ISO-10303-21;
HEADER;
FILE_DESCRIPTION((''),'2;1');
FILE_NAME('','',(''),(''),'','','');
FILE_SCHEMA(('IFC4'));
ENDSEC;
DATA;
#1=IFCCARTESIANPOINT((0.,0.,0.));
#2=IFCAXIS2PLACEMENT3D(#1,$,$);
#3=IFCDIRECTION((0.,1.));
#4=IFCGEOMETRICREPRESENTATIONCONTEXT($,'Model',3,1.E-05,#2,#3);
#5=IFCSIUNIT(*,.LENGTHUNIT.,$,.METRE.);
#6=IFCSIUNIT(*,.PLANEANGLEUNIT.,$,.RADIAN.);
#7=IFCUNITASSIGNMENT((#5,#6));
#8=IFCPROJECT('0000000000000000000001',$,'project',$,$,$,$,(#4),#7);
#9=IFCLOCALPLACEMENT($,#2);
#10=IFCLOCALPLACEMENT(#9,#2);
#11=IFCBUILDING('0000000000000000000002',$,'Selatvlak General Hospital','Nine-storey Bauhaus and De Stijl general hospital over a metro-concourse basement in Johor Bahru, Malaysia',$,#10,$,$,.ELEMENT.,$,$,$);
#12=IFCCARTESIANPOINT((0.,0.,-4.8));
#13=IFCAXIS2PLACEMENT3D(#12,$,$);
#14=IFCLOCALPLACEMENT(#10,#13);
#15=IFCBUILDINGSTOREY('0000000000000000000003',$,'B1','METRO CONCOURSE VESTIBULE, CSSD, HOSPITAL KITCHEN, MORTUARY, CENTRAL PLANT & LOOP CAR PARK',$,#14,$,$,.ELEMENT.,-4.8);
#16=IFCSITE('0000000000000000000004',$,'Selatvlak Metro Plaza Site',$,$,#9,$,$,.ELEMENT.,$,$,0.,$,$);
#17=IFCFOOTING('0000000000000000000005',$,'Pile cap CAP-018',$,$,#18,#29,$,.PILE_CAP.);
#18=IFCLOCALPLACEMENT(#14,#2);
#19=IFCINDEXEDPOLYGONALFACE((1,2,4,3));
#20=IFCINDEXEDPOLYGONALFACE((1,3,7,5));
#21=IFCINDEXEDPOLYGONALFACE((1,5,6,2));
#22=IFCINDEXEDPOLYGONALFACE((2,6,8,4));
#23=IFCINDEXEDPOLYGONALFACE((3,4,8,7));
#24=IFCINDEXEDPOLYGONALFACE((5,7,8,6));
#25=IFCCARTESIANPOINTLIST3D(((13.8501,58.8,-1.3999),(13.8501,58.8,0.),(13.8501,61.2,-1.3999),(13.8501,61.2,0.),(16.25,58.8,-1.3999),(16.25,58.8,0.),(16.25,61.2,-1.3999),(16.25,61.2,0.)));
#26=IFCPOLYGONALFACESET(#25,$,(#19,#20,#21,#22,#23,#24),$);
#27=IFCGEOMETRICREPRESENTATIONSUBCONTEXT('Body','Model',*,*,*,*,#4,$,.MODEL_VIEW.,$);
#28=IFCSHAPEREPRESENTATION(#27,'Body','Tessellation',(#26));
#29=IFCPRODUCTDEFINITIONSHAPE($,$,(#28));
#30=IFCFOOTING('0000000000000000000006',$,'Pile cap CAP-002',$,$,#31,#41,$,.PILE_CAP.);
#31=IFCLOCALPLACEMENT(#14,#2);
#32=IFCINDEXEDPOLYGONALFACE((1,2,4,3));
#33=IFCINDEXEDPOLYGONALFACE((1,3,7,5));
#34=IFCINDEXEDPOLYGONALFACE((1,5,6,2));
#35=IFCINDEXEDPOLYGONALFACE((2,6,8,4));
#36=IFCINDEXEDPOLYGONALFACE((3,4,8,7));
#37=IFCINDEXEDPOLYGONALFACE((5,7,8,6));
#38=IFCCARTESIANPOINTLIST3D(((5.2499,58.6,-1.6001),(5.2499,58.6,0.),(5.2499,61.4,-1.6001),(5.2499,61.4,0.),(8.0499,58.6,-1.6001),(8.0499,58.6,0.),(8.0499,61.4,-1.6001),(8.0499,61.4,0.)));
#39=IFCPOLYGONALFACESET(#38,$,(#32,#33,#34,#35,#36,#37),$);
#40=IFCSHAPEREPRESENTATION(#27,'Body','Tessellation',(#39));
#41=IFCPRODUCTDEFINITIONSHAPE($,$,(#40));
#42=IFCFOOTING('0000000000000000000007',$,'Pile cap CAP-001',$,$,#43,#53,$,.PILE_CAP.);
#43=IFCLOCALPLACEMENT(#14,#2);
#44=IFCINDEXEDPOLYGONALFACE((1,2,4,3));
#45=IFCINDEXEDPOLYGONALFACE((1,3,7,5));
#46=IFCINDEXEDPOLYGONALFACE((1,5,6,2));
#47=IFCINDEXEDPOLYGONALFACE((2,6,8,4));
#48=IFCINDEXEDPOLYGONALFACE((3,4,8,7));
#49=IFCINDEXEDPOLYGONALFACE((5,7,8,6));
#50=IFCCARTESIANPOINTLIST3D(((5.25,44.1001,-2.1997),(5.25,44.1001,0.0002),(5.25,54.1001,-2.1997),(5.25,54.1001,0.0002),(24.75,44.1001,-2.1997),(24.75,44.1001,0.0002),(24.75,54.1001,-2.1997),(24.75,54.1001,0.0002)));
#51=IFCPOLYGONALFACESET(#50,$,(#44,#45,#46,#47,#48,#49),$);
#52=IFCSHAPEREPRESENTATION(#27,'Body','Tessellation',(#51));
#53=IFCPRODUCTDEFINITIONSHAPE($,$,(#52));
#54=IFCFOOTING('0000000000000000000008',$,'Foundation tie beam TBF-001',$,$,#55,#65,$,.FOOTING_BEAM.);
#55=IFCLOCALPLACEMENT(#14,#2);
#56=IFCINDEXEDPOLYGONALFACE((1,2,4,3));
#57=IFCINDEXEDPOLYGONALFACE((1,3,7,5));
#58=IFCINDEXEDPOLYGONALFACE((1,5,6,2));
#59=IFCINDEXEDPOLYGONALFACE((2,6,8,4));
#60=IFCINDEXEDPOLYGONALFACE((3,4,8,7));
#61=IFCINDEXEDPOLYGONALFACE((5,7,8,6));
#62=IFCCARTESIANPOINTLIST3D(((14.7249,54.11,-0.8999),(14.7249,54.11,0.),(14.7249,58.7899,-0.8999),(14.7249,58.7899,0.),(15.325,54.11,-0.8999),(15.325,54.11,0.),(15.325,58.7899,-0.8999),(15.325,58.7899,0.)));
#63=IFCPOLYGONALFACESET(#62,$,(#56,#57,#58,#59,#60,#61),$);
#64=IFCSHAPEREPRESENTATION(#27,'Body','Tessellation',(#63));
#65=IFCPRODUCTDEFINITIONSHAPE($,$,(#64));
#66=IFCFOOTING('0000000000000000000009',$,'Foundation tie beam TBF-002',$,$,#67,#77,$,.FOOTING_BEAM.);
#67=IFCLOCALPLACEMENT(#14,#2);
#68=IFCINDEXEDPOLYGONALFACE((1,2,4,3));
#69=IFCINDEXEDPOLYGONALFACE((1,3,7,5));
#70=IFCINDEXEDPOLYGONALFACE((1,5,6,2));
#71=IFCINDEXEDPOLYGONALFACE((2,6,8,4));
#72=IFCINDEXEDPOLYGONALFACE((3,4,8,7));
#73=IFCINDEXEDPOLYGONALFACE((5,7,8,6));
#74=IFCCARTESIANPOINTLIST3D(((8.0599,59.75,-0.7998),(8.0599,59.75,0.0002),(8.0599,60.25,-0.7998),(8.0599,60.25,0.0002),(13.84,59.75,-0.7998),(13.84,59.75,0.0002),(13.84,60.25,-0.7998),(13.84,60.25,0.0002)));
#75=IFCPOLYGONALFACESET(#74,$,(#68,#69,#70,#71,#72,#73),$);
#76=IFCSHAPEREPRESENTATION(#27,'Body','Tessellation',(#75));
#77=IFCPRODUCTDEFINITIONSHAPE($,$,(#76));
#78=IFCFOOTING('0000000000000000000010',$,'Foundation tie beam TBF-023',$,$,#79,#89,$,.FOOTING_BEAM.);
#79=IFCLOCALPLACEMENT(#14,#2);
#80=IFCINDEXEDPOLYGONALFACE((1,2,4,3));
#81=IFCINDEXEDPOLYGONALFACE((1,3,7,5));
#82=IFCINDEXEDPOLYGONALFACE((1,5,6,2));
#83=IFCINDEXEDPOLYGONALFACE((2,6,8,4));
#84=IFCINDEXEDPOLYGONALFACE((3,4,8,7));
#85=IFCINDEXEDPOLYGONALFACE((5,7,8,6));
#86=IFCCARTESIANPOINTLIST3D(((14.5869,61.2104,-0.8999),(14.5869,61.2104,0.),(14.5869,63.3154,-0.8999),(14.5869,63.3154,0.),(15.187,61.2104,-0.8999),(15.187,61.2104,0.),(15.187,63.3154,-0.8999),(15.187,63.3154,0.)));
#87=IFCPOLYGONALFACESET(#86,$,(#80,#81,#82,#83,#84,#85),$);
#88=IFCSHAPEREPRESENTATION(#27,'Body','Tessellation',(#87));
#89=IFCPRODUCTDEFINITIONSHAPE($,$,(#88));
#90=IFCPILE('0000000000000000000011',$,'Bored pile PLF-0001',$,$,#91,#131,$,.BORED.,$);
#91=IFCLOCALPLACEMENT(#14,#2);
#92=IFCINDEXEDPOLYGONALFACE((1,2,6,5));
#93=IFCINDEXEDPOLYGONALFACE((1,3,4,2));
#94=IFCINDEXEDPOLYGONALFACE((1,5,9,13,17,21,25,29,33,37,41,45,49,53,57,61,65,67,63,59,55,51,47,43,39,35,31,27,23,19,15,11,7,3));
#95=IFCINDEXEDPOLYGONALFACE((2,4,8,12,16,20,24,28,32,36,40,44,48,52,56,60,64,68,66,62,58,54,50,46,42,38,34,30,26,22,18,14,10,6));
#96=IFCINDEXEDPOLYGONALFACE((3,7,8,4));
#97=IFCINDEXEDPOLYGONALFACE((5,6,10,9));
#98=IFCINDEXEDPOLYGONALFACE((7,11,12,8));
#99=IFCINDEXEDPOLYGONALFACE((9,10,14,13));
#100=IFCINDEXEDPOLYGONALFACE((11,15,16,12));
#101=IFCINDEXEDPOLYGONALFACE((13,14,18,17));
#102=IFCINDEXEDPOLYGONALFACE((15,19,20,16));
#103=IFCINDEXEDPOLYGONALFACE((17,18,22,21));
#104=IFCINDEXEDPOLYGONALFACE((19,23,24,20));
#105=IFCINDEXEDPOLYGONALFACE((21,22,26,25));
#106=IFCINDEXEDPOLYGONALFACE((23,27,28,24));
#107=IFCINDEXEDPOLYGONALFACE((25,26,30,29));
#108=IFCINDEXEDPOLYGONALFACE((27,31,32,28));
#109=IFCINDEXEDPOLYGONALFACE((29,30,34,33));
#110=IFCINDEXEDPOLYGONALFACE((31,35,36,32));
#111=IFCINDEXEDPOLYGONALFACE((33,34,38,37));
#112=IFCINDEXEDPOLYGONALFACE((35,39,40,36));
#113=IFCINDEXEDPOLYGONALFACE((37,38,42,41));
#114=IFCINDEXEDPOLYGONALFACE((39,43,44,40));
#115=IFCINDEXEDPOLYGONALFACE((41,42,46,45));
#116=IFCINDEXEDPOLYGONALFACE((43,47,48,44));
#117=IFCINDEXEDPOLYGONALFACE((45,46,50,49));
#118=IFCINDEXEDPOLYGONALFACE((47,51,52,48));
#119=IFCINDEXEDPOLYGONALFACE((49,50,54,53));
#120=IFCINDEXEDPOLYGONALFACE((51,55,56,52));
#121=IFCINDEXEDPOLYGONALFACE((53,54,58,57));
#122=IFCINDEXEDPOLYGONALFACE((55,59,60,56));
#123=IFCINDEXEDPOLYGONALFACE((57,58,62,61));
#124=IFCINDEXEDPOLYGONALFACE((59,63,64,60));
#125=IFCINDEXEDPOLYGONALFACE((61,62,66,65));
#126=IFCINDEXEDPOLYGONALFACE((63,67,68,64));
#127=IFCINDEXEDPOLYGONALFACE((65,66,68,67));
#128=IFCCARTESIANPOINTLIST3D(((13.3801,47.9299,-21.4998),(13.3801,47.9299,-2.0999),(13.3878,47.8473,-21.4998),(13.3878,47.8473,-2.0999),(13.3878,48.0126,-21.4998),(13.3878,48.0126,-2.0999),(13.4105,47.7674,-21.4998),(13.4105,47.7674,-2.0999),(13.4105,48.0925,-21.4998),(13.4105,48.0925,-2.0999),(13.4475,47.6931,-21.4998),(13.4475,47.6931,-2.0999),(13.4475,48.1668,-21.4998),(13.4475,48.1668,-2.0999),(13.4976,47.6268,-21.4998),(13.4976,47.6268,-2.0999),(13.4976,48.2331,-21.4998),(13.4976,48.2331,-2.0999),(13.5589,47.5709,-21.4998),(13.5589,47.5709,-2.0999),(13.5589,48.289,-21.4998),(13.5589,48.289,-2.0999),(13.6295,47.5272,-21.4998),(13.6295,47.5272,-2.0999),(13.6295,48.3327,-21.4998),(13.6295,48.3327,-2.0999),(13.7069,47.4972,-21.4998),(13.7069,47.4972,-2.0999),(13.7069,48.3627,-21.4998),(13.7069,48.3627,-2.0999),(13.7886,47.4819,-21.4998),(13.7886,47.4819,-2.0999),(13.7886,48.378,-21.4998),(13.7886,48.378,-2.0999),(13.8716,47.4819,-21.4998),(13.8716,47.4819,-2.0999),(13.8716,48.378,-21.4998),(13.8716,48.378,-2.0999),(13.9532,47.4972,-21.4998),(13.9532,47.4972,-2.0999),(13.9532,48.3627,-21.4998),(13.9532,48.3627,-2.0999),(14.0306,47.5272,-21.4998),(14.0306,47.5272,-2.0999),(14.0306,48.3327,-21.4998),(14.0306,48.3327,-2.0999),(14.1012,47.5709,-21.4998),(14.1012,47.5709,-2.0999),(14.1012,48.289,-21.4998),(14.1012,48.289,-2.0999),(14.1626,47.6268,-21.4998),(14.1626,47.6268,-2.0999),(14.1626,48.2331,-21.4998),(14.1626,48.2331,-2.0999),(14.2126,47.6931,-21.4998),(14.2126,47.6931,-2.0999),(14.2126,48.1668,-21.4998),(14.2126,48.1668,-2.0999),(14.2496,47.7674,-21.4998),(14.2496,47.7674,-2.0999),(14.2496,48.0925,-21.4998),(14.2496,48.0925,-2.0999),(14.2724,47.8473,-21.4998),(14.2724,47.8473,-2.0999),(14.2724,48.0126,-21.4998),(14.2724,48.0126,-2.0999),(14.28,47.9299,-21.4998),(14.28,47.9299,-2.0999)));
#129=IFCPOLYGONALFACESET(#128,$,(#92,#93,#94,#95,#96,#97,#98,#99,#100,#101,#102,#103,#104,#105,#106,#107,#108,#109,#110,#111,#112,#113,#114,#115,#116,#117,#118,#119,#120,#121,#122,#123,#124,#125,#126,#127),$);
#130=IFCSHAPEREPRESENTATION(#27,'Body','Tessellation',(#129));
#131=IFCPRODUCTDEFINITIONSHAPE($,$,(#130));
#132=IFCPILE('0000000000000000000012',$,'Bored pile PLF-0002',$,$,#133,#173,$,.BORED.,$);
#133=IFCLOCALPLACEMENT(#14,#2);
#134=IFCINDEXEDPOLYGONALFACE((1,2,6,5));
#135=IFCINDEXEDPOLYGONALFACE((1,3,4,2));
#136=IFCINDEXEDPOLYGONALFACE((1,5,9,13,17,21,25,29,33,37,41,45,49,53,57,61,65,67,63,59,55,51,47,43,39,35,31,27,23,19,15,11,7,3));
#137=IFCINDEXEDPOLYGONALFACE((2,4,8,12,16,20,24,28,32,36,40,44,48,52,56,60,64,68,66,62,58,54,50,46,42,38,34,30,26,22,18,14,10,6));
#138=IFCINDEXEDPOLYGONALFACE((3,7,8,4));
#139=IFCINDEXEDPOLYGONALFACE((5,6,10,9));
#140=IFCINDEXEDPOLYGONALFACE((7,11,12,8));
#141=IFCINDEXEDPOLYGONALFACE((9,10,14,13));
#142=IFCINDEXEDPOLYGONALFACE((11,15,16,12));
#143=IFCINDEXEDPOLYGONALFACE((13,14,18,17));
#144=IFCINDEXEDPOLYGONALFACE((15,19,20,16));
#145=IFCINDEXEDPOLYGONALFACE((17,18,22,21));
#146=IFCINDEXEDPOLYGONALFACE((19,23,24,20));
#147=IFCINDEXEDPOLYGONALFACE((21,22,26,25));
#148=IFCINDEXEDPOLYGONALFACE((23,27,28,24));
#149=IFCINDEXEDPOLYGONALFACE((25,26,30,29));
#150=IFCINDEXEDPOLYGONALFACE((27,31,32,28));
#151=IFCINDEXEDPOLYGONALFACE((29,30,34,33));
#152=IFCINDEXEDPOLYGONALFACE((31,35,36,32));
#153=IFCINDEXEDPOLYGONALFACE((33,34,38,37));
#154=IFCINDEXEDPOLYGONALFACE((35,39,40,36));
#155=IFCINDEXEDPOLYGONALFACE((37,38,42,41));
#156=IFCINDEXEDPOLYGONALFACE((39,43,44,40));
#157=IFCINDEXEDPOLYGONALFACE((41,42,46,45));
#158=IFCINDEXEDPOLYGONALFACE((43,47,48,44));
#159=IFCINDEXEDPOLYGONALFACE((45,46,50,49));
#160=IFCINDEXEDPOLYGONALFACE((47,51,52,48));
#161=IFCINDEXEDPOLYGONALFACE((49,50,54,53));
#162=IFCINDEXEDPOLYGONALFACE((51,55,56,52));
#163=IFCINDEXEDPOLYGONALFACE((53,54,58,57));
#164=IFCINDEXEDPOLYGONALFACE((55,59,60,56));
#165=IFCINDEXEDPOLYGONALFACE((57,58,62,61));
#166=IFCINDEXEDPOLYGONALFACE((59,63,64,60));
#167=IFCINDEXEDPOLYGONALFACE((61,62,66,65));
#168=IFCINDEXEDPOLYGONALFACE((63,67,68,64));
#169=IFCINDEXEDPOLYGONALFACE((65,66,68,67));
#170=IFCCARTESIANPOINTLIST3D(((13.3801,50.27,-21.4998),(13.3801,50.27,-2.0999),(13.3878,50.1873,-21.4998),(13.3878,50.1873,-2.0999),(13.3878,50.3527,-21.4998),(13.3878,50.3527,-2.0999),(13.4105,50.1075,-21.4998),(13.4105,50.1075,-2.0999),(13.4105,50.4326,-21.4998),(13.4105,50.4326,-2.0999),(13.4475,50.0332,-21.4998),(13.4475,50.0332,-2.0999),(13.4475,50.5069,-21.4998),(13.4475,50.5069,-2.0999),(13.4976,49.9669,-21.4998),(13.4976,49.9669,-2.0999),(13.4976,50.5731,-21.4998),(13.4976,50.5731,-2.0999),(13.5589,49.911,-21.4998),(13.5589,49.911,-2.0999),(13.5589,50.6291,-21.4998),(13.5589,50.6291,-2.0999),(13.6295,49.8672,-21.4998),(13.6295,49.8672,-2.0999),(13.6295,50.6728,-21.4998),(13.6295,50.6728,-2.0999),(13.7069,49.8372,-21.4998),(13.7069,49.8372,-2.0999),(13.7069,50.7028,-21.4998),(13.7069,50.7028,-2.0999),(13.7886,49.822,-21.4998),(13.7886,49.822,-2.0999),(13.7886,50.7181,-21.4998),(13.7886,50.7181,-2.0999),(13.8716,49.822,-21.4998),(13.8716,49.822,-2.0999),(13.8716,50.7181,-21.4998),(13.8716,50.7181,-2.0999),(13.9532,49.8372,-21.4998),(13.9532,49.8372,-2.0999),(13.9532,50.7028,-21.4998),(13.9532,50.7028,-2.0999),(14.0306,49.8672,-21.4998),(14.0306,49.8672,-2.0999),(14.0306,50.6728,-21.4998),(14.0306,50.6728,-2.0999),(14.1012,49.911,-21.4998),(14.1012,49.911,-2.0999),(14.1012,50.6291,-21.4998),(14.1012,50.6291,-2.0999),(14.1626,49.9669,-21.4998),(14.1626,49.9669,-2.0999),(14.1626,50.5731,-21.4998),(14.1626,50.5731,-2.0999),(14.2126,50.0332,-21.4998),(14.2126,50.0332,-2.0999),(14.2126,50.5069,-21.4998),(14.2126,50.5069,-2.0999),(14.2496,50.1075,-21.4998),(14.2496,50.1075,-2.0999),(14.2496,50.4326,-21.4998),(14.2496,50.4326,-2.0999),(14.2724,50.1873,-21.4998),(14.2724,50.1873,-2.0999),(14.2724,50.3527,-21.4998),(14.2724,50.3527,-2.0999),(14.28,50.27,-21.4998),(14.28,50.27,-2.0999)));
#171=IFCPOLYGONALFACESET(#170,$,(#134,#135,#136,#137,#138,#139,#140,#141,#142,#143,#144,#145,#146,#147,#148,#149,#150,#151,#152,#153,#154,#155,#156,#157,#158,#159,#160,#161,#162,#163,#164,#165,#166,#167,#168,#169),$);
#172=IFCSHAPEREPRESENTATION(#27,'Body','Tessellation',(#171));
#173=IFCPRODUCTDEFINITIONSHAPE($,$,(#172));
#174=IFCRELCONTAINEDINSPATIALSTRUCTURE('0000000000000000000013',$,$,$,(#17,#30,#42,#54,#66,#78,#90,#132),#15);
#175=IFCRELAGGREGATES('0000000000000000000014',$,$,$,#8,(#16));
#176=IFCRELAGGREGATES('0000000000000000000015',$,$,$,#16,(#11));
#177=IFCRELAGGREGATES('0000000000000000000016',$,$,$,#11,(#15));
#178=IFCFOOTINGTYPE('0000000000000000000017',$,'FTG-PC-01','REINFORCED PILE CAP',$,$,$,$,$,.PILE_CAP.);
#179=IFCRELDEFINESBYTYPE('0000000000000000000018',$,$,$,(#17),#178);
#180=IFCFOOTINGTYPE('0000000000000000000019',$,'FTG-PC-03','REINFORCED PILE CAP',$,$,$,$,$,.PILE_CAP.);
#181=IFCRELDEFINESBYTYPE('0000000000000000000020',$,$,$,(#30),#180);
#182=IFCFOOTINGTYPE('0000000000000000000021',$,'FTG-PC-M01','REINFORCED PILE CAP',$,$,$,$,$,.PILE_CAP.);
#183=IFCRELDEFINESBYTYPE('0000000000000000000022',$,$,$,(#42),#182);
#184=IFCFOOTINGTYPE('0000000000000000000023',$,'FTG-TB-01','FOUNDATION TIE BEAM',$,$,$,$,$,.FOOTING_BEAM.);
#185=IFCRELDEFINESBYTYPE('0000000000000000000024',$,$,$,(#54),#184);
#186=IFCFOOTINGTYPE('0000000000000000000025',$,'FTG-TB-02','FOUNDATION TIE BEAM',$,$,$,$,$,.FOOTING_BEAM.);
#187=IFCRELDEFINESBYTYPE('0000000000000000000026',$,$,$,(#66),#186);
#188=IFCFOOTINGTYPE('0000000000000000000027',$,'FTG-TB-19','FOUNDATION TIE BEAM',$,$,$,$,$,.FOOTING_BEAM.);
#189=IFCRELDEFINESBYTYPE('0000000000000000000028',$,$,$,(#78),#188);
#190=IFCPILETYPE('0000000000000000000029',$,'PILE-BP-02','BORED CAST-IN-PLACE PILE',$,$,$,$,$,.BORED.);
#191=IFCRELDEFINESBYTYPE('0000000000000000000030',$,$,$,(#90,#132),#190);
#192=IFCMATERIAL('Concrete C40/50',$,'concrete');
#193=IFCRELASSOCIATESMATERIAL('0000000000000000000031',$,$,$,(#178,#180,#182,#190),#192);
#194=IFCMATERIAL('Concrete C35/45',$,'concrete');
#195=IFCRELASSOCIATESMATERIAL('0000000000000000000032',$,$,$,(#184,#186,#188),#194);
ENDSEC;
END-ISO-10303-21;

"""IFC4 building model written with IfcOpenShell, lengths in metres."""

from ifc_helpers import new_model, si_unit, direction, frame, origin, origin_2d, place, context, subcontext, project, spatial, rectangle, circle, extrude, material, material_profile, profile_set, type_object, element, save


model = new_model("IFC4")

# Units and contexts
model_context = context("Model", 3, precision=1e-05, world=origin(), true_north=direction((0.0, 1.0)))
body_context = subcontext(model_context, "Body", "Model", "MODEL_VIEW")
ifc_project = project(units=[si_unit("LENGTHUNIT", "METRE"), si_unit("PLANEANGLEUNIT", "RADIAN")], contexts=[model_context])

# Site, building, storey
site_placement = place(None, origin())
site = spatial("IfcSite", under=ifc_project, at=site_placement, Name="Selatvlak Metro Plaza Site", CompositionType="ELEMENT", RefElevation=0.0)
building_placement = place(site_placement, origin())
building = spatial("IfcBuilding", under=site, at=building_placement, Name="Selatvlak General Hospital", Description="Nine-storey Bauhaus and De Stijl general hospital over a metro-concourse basement in Johor Bahru, Malaysia", CompositionType="ELEMENT")
storey_placement = place(building_placement, frame((0.0, 0.0, -4.8)))
storey = spatial("IfcBuildingStorey", under=building, at=storey_placement, Name="B1", Description="METRO CONCOURSE VESTIBULE, CSSD, HOSPITAL KITCHEN, MORTUARY, CENTRAL PLANT & LOOP CAR PARK", CompositionType="ELEMENT", Elevation=-4.8)

# Footings
ifc_material_1 = material(Name="Concrete C40/50", Category="concrete")
footing_type_1 = type_object("IfcFootingType", Name="FTG-PC-01", Description="REINFORCED PILE CAP", PredefinedType="PILE_CAP", material=ifc_material_1)
footing_1_placement = place(storey_placement, frame((15.05, 60.0, -1.3999), z_axis=(0.0, 0.0, 1.0), x_axis=(1.0, 0.0, 0.0)))
element("IfcFooting", 1, at=footing_1_placement, inside=storey, type_object=footing_type_1, Name="Pile cap CAP-018", PredefinedType="PILE_CAP", context=body_context, shape_type="SweptSolid", body=[
    extrude(rectangle(XDim=2.3999, YDim=2.3999, at=origin_2d()), origin(), (0.0, 0.0, 1.0), 1.3999),
])
footing_type_2 = type_object("IfcFootingType", Name="FTG-PC-03", Description="REINFORCED PILE CAP", PredefinedType="PILE_CAP", material=ifc_material_1)
footing_2_placement = place(storey_placement, frame((6.6499, 60.0, -1.6001), z_axis=(0.0, 0.0, 1.0), x_axis=(1.0, 0.0, 0.0)))
element("IfcFooting", 2, at=footing_2_placement, inside=storey, type_object=footing_type_2, Name="Pile cap CAP-002", PredefinedType="PILE_CAP", context=body_context, shape_type="SweptSolid", body=[
    extrude(rectangle(XDim=2.8, YDim=2.8, at=origin_2d()), origin(), (0.0, 0.0, 1.0), 1.6001),
])
footing_type_3 = type_object("IfcFootingType", Name="FTG-PC-M01", Description="REINFORCED PILE CAP", PredefinedType="PILE_CAP", material=ifc_material_1)
footing_3_placement = place(storey_placement, frame((15.0, 49.1001, -2.1997), z_axis=(0.0, 0.0, 1.0), x_axis=(1.0, 0.0, 0.0)))
element("IfcFooting", 3, at=footing_3_placement, inside=storey, type_object=footing_type_3, Name="Pile cap CAP-001", PredefinedType="PILE_CAP", context=body_context, shape_type="SweptSolid", body=[
    extrude(rectangle(XDim=19.5, YDim=10.0, at=origin_2d()), origin(), (0.0, 0.0, 1.0), 2.2),
])
ifc_material_2 = material(Name="Concrete C35/45", Category="concrete")
footing_type_4 = type_object("IfcFootingType", Name="FTG-TB-01", Description="FOUNDATION TIE BEAM", PredefinedType="FOOTING_BEAM", material=ifc_material_2)
footing_4_placement = place(storey_placement, frame((15.0249, 56.45, -0.8999), z_axis=(0.0, 0.0, 1.0), x_axis=(0.0, 1.0, 0.0)))
element("IfcFooting", 4, at=footing_4_placement, inside=storey, type_object=footing_type_4, Name="Foundation tie beam TBF-001", PredefinedType="FOOTING_BEAM", context=body_context, shape_type="SweptSolid", body=[
    extrude(rectangle(XDim=4.6799, YDim=0.6001, at=origin_2d()), origin(), (0.0, 0.0, 1.0), 0.8999),
])
footing_type_5 = type_object("IfcFootingType", Name="FTG-TB-02", Description="FOUNDATION TIE BEAM", PredefinedType="FOOTING_BEAM", material=ifc_material_2)
footing_5_placement = place(storey_placement, frame((10.95, 60.0, -0.7998), z_axis=(0.0, 0.0, 1.0), x_axis=(1.0, 0.0, 0.0)))
element("IfcFooting", 5, at=footing_5_placement, inside=storey, type_object=footing_type_5, Name="Foundation tie beam TBF-002", PredefinedType="FOOTING_BEAM", context=body_context, shape_type="SweptSolid", body=[
    extrude(rectangle(XDim=5.78, YDim=0.5, at=origin_2d()), origin(), (0.0, 0.0, 1.0), 0.8),
])
footing_type_6 = type_object("IfcFootingType", Name="FTG-TB-19", Description="FOUNDATION TIE BEAM", PredefinedType="FOOTING_BEAM", material=ifc_material_2)
footing_6_placement = place(storey_placement, frame((14.887, 62.2629, -0.8999), z_axis=(0.0, 0.0, 1.0), x_axis=(0.0, 1.0, 0.0)))
element("IfcFooting", 6, at=footing_6_placement, inside=storey, type_object=footing_type_6, Name="Foundation tie beam TBF-023", PredefinedType="FOOTING_BEAM", context=body_context, shape_type="SweptSolid", body=[
    extrude(rectangle(XDim=2.105, YDim=0.6001, at=origin_2d()), origin(), (0.0, 0.0, 1.0), 0.8999),
])

# Piles
ifc_material_profile_1 = material_profile(ifc_material_1, circle(Radius=0.45, at=origin_2d()), Name="BORED PILE 900")
ifc_profile_set_1 = profile_set([ifc_material_profile_1], Name="Concrete C40/50")
pile_type_1 = type_object("IfcPileType", Name="PILE-BP-02", Description="BORED CAST-IN-PLACE PILE", PredefinedType="BORED", material=ifc_profile_set_1)
for number, where, z_axis, x_axis, name in (
    (7, (13.8301, 47.9299, -2.0999), (0.0, 0.0, -1.0), (1.0, 0.0, 0.0), "Bored pile PLF-0001"),
    (8, (13.8301, 50.27, -2.0999), (0.0, 0.0, -1.0), (1.0, 0.0, 0.0), "Bored pile PLF-0002"),
):
    element("IfcPile", number, at=place(storey_placement, frame(where, z_axis=z_axis, x_axis=x_axis)), inside=storey, type_object=pile_type_1, Name=name, PredefinedType="BORED", context=body_context, shape_type="SweptSolid", body=[
        extrude(circle(Radius=0.45, at=origin_2d()), origin(), (0.0, 0.0, 1.0), 19.3999),
    ])

save(model, "model.ifc")
